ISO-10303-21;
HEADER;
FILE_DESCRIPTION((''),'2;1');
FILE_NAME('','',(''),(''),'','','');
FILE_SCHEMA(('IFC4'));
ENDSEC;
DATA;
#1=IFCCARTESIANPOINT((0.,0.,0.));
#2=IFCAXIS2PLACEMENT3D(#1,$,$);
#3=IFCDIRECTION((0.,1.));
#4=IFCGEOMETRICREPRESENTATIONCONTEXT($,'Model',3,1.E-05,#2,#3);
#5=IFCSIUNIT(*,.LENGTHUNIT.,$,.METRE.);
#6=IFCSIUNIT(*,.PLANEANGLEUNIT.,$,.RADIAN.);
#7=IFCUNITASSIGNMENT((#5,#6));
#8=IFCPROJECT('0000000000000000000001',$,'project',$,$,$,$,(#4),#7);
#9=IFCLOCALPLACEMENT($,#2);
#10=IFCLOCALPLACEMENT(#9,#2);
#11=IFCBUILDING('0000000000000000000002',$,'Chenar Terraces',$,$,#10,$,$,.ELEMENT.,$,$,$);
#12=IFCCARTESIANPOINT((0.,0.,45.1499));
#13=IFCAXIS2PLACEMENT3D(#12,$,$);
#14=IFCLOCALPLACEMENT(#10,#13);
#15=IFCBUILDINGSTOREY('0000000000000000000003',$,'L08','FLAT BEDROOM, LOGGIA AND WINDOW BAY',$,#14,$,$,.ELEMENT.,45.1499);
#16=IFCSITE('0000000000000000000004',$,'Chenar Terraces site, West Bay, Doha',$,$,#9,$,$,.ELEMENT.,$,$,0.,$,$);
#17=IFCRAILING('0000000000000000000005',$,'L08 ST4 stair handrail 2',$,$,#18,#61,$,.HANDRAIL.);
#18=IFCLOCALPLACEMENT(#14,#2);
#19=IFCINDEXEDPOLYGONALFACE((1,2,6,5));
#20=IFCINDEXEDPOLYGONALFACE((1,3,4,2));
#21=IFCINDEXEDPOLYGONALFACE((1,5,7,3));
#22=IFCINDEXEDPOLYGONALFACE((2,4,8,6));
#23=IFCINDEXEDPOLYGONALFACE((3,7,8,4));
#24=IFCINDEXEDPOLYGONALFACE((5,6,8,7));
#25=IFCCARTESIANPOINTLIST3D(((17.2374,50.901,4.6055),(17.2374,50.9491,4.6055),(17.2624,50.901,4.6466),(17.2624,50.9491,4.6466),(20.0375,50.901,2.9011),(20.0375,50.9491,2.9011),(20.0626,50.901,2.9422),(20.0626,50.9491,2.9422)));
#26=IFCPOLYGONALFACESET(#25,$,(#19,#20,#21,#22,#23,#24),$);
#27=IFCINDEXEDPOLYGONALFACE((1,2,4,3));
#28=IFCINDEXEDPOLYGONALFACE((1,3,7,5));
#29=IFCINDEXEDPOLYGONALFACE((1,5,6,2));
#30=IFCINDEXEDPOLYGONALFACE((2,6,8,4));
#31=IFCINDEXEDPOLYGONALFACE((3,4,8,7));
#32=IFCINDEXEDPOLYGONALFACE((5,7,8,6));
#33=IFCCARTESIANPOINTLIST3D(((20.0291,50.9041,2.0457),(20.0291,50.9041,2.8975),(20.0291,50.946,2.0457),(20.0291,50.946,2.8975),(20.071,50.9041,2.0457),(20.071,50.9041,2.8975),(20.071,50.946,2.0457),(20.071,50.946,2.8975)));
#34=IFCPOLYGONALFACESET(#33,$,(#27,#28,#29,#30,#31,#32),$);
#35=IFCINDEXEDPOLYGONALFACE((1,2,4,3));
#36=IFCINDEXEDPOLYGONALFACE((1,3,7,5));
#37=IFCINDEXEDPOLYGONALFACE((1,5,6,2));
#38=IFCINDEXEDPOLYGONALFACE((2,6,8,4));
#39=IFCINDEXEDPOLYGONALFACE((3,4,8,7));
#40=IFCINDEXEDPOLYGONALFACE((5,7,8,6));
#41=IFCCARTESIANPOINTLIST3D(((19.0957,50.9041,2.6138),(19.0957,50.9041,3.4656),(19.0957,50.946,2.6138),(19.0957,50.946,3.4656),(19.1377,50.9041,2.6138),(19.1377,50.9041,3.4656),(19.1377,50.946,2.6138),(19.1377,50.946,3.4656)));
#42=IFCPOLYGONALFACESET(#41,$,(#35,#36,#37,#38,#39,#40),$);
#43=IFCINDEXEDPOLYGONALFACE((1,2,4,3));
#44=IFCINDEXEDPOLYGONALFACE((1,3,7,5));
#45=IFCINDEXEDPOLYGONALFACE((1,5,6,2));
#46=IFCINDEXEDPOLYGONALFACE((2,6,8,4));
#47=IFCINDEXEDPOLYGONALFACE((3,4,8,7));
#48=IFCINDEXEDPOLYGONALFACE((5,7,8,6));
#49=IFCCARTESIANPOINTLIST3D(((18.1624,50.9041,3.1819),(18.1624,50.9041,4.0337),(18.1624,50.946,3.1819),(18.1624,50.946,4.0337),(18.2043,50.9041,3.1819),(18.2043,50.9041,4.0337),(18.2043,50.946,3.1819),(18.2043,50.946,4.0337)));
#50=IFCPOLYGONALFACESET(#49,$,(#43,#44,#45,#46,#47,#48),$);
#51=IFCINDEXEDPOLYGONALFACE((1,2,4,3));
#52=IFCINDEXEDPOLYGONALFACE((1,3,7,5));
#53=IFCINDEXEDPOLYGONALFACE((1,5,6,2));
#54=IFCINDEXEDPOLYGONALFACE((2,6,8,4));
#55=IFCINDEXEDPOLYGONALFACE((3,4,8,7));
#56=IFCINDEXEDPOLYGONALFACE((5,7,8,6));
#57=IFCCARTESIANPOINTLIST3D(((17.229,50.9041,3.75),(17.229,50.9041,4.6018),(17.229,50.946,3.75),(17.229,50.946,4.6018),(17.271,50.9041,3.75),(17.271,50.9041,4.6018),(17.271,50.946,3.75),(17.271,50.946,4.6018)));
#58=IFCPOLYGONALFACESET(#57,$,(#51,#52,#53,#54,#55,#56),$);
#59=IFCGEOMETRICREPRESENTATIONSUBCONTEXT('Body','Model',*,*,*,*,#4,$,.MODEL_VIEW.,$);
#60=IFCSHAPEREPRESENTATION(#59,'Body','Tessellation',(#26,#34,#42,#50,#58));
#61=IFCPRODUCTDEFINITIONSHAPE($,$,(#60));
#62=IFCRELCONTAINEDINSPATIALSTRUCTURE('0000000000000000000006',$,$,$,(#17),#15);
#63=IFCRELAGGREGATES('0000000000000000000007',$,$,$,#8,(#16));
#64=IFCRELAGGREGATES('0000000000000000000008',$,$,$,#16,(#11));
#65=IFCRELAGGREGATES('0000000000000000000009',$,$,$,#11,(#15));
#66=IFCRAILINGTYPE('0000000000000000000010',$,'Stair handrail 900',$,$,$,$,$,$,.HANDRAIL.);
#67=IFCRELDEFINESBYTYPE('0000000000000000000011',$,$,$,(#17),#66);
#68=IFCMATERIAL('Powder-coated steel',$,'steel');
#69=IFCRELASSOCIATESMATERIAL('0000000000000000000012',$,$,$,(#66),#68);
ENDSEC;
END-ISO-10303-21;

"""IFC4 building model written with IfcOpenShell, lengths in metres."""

from ifc_helpers import new_model, si_unit, direction, frame, origin, origin_2d, place, context, subcontext, project, spatial, rectangle, extrude, material, type_object, element, save


model = new_model("IFC4")

# Units and contexts
model_context = context("Model", 3, precision=1e-05, world=origin(), true_north=direction((0.0, 1.0)))
body_context = subcontext(model_context, "Body", "Model", "MODEL_VIEW")
ifc_project = project(units=[si_unit("LENGTHUNIT", "METRE"), si_unit("PLANEANGLEUNIT", "RADIAN")], contexts=[model_context])

# Site, building, storey
site_placement = place(None, origin())
site = spatial("IfcSite", under=ifc_project, at=site_placement, Name="Chenar Terraces site, West Bay, Doha", CompositionType="ELEMENT", RefElevation=0.0)
building_placement = place(site_placement, origin())
building = spatial("IfcBuilding", under=site, at=building_placement, Name="Chenar Terraces", CompositionType="ELEMENT")
storey_placement = place(building_placement, frame((0.0, 0.0, 45.1499)))
storey = spatial("IfcBuildingStorey", under=building, at=storey_placement, Name="L08", Description="FLAT BEDROOM, LOGGIA AND WINDOW BAY", CompositionType="ELEMENT", Elevation=45.1499)

# Railing
ifc_material_1 = material(Name="Powder-coated steel", Category="steel")
railing_type_1 = type_object("IfcRailingType", Name="Stair handrail 900", PredefinedType="HANDRAIL", material=ifc_material_1)
railing_1_placement = place(storey_placement, frame((20.05, 50.925, 2.0457)))
element("IfcRailing", 1, at=railing_1_placement, inside=storey, type_object=railing_type_1, Name="L08 ST4 stair handrail 2", PredefinedType="HANDRAIL", context=body_context, shape_type="SweptSolid", body=[
    extrude(rectangle(XDim=0.0481, YDim=0.0481, at=origin_2d()), frame((0.0, 0.0, 0.876), z_axis=(-0.854203, 0.0, 0.51994), x_axis=(0.0, -1.0, 0.0)), (0.0, 0.0, 1.0), 3.2781),
    extrude(rectangle(XDim=0.042, YDim=0.042, at=origin_2d()), origin(), (0.0, 0.0, 1.0), 0.8518),
    extrude(rectangle(XDim=0.042, YDim=0.042, at=origin_2d()), frame((-0.9333, 0.0, 0.5681)), (0.0, 0.0, 1.0), 0.8518),
    extrude(rectangle(XDim=0.042, YDim=0.042, at=origin_2d()), frame((-1.8667, 0.0, 1.1362)), (0.0, 0.0, 1.0), 0.8518),
    extrude(rectangle(XDim=0.042, YDim=0.042, at=origin_2d()), frame((-2.8, 0.0, 1.7043)), (0.0, 0.0, 1.0), 0.8518),
])

save(model, "model.ifc")
